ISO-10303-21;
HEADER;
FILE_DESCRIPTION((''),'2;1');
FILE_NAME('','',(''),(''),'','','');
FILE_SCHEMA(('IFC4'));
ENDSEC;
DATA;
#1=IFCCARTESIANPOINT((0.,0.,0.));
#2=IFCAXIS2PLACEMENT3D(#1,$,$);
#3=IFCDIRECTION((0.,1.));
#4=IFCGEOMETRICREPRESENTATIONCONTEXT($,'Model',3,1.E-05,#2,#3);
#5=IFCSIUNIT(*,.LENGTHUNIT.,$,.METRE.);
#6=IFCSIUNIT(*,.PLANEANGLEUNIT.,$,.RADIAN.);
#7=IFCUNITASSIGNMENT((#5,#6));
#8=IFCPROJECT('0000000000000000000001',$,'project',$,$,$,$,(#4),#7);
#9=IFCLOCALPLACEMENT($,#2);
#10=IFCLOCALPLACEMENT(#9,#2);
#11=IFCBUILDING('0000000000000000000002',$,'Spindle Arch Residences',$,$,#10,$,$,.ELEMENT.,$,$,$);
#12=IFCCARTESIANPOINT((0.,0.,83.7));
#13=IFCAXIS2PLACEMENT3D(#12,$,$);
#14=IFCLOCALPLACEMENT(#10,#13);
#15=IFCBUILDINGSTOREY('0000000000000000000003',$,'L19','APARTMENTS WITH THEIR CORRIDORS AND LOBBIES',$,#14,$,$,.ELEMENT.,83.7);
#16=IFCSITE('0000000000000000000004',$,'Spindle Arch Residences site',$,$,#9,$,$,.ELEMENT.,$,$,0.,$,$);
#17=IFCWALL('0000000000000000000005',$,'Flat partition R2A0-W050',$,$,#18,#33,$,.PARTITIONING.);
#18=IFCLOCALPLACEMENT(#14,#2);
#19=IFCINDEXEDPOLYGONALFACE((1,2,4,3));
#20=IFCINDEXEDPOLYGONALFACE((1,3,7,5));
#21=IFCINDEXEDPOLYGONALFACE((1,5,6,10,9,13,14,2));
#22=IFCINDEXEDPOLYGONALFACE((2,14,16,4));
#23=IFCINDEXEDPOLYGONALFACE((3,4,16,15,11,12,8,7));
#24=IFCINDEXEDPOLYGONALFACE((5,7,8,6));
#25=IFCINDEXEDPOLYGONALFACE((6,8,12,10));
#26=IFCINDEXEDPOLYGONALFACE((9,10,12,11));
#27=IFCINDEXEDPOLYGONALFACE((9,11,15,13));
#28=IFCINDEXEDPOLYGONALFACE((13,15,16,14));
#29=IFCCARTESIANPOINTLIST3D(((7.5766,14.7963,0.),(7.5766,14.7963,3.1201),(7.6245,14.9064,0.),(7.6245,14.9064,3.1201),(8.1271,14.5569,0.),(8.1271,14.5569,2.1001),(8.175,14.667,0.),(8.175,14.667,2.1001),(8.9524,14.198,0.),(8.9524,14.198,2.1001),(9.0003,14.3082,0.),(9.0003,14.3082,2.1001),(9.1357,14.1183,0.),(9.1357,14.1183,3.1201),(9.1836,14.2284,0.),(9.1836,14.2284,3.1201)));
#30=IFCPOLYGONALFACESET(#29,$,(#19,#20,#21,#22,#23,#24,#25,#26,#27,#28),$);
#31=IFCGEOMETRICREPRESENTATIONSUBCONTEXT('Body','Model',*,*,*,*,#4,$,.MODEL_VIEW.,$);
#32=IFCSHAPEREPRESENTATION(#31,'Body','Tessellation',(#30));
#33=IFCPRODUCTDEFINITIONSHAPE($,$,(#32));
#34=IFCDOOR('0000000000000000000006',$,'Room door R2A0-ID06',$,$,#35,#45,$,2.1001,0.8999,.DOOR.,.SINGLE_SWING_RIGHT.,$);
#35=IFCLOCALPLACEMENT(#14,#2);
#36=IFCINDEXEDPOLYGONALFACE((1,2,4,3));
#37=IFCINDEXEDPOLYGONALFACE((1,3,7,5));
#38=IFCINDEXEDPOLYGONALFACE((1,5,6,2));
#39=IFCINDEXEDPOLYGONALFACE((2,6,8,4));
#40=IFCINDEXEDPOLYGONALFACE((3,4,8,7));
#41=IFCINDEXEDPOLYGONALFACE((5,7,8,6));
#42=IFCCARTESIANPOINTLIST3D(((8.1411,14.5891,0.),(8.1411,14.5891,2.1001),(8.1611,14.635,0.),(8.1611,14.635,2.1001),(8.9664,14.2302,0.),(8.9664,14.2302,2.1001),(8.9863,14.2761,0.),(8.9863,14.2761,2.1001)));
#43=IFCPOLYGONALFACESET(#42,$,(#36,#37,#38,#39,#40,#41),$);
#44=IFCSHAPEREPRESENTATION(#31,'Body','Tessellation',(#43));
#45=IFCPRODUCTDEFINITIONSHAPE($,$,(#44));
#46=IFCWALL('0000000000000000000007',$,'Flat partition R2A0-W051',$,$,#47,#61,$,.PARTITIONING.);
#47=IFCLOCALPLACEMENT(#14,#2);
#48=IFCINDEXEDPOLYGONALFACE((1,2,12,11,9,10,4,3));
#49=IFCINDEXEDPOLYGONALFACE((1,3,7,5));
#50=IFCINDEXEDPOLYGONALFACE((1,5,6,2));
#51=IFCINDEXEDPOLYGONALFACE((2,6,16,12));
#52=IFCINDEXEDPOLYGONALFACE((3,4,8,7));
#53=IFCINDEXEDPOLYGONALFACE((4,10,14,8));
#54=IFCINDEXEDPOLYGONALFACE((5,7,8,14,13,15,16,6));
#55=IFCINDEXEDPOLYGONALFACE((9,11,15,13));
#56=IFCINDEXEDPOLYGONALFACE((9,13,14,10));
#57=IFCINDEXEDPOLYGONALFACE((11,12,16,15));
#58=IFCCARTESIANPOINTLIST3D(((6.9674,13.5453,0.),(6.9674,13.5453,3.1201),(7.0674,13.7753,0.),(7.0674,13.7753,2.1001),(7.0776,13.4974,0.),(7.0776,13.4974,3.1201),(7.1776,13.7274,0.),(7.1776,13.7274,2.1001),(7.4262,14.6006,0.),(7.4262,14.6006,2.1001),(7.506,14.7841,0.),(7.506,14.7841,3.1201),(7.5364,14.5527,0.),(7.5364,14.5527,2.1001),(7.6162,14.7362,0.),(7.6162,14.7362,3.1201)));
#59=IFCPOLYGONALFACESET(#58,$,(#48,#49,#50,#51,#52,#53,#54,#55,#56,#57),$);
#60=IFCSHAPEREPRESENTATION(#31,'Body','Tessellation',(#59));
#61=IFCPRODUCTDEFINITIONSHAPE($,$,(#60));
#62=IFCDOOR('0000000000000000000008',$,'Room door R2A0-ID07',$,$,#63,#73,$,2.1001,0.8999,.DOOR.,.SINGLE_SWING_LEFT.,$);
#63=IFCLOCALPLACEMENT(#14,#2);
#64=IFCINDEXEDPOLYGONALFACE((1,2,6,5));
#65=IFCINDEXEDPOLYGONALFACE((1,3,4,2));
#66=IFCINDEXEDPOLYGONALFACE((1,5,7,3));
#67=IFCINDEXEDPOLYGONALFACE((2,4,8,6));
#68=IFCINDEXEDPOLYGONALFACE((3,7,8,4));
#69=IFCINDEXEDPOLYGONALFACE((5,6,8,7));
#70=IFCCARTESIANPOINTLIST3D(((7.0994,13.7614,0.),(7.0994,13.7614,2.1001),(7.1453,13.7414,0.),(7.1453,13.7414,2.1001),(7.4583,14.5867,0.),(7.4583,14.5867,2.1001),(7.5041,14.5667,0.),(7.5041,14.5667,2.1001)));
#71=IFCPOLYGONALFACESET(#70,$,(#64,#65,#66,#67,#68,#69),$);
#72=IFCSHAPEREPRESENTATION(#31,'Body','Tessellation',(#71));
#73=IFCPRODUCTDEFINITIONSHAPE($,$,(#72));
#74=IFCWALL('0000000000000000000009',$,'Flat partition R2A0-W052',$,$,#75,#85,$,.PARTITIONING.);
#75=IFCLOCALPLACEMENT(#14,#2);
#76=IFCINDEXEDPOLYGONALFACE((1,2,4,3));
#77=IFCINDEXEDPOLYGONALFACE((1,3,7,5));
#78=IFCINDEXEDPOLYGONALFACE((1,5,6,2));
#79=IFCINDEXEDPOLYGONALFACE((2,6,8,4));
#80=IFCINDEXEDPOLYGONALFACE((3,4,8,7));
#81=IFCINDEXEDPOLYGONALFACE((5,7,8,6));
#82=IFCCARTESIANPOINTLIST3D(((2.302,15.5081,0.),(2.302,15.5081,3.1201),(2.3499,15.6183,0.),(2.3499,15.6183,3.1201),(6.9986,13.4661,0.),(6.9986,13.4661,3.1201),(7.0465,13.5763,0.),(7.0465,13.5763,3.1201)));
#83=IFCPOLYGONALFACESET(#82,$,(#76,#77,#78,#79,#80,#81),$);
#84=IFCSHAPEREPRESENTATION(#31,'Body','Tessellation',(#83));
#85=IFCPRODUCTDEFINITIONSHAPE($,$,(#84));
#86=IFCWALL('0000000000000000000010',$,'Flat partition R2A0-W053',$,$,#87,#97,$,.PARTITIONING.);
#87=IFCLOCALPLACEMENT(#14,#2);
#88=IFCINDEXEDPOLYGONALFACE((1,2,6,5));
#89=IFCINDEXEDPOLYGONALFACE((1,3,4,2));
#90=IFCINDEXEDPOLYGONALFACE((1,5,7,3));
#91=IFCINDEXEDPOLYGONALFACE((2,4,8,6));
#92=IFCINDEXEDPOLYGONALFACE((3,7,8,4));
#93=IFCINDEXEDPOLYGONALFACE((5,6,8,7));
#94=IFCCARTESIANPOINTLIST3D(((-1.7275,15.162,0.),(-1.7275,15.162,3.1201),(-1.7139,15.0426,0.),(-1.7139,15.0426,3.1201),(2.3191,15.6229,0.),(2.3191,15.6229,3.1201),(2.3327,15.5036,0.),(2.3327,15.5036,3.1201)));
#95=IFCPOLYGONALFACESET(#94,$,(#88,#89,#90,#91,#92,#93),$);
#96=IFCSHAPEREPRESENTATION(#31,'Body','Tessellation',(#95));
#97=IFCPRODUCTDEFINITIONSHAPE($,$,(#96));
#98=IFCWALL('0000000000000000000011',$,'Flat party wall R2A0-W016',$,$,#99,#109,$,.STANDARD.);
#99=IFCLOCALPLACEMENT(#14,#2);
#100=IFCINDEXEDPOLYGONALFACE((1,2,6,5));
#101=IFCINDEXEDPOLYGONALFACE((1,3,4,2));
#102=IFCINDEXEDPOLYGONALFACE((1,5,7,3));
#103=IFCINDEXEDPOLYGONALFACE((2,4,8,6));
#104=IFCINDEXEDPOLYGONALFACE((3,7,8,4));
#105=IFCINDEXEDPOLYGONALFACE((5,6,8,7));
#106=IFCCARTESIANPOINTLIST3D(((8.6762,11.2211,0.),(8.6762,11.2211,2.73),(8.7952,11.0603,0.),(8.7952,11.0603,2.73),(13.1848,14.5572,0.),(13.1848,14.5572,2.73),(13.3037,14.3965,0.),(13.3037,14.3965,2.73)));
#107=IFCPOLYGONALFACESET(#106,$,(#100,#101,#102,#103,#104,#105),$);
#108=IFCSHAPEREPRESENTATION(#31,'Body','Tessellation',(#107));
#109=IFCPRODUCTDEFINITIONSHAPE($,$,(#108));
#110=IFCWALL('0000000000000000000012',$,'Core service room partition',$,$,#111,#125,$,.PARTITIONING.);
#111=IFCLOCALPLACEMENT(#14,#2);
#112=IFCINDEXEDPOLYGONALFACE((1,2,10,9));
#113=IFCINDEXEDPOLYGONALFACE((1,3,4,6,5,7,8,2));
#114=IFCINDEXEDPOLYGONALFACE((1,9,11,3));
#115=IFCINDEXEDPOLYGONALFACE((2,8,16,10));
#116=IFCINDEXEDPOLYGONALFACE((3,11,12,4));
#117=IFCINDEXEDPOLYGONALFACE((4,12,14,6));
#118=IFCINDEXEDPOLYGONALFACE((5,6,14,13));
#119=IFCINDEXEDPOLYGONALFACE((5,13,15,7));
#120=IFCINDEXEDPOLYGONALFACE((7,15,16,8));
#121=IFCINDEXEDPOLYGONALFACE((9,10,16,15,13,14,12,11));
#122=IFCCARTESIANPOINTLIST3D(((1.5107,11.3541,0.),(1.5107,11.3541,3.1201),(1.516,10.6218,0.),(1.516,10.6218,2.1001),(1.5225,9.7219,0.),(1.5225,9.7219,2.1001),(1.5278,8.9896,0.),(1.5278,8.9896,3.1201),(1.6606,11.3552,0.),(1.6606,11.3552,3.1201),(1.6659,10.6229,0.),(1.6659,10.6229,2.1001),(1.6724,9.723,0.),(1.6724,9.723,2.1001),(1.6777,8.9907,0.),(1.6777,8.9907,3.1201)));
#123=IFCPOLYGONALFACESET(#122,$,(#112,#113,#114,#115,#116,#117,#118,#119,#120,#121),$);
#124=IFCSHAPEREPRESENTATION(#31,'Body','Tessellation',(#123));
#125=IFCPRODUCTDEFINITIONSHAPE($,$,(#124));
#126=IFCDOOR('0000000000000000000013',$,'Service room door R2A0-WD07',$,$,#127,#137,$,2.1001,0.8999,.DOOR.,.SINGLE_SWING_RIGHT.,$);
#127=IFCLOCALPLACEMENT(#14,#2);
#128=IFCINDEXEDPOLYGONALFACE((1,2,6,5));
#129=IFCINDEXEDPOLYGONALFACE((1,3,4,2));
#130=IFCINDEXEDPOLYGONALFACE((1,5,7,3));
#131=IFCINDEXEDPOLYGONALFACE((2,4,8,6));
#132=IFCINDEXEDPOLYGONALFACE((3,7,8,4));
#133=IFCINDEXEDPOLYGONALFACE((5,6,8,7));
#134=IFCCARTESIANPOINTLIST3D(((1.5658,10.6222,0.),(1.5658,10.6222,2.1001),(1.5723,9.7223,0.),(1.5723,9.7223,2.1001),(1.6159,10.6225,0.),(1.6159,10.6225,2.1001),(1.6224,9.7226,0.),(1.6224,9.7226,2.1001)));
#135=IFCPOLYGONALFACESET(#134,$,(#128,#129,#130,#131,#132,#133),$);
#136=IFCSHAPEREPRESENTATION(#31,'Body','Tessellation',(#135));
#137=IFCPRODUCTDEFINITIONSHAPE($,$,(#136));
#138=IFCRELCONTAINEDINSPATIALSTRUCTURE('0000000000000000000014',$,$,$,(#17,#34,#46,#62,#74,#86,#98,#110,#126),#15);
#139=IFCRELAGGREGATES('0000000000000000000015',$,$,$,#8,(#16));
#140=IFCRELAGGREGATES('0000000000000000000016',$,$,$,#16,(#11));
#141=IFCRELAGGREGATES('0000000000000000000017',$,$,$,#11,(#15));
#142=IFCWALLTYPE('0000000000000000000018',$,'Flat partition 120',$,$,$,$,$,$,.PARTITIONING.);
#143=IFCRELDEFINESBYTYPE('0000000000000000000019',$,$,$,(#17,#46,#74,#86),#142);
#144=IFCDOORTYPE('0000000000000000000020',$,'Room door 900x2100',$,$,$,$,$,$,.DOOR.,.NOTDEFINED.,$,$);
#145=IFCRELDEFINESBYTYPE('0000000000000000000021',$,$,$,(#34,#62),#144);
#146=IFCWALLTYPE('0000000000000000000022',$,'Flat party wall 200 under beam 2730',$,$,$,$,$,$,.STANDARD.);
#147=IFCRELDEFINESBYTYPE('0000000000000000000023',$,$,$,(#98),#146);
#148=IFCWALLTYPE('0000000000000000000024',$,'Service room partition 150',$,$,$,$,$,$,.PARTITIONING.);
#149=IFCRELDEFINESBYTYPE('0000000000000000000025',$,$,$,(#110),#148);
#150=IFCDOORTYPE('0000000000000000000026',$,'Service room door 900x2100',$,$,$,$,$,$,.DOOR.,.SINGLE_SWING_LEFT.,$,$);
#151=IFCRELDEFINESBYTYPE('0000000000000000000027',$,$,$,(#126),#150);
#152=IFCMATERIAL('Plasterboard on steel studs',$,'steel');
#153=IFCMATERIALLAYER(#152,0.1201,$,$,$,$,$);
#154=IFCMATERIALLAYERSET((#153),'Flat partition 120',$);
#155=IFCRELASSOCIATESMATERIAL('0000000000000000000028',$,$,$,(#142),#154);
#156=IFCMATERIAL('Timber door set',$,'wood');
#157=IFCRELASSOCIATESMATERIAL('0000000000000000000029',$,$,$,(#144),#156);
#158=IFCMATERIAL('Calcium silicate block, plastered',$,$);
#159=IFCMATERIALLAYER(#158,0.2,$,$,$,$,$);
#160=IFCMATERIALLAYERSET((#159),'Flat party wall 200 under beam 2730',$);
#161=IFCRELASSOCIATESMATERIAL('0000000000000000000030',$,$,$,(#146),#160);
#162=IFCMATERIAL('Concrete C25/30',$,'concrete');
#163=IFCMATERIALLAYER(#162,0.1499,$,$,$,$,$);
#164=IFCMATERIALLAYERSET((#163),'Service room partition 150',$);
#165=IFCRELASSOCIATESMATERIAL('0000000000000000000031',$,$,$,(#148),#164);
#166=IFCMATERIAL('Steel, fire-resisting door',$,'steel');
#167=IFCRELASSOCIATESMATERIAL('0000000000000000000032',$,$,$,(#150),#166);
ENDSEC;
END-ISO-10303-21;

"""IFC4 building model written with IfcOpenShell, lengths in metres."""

from ifc_helpers import new_model, si_unit, direction, frame, frame_2d, origin, place, context, subcontext, project, spatial, rectangle, extrude, material, layer, layer_set, type_object, element, fill, save


model = new_model("IFC4")

# Units and contexts
model_context = context("Model", 3, precision=1e-05, world=origin(), true_north=direction((0.0, 1.0)))
body_context = subcontext(model_context, "Body", "Model", "MODEL_VIEW")
ifc_project = project(units=[si_unit("LENGTHUNIT", "METRE"), si_unit("PLANEANGLEUNIT", "RADIAN")], contexts=[model_context])

# Site, building, storey
site_placement = place(None, origin())
site = spatial("IfcSite", under=ifc_project, at=site_placement, Name="Spindle Arch Residences site", CompositionType="ELEMENT", RefElevation=0.0)
building_placement = place(site_placement, origin())
building = spatial("IfcBuilding", under=site, at=building_placement, Name="Spindle Arch Residences", CompositionType="ELEMENT")
storey_placement = place(building_placement, frame((0.0, 0.0, 83.7)))
storey = spatial("IfcBuildingStorey", under=building, at=storey_placement, Name="L19", Description="APARTMENTS WITH THEIR CORRIDORS AND LOBBIES", CompositionType="ELEMENT", Elevation=83.7)

# Shared definitions
ifc_material_1 = material(Name="Plasterboard on steel studs", Category="steel")
ifc_layer_1 = layer(ifc_material_1, 0.1201)
ifc_layer_set_1 = layer_set([ifc_layer_1], Name="Flat partition 120")
wall_type_1 = type_object("IfcWallType", Name="Flat partition 120", PredefinedType="PARTITIONING", material=ifc_layer_set_1)

# Walls, openings, doors
wall_1_placement = place(storey_placement, frame((9.1597, 14.1733, 0.0), z_axis=(0.0, 0.0, 1.0), x_axis=(-0.917045, 0.398784, 0.0)))
wall_1 = element("IfcWall", 1, at=wall_1_placement, inside=storey, type_object=wall_type_1, Name="Flat partition R2A0-W050", PredefinedType="PARTITIONING", context=body_context, shape_type="SweptSolid", body=[
    extrude(rectangle(XDim=1.7002, YDim=0.1201, at=frame_2d((0.8501, 0.0))), origin(), (0.0, 0.0, 1.0), 3.1201),
])
opening_1_placement = place(wall_1_placement, frame((0.2, 0.0, 0.0)))
opening_1 = element("IfcOpeningElement", 2, at=opening_1_placement, cuts=wall_1, PredefinedType="OPENING", context=body_context, shape_type="SweptSolid", body=[
    extrude(rectangle(XDim=0.8999, YDim=2.1001, at=frame_2d((0.45, 1.05))), frame((0.0, 0.0701, 0.0), z_axis=(0.0, -1.0, 0.0), x_axis=(1.0, 0.0, 0.0)), (0.0, 0.0, 1.0), 0.1401),
])
ifc_material_2 = material(Name="Timber door set", Category="wood")
door_type_1 = type_object("IfcDoorType", Name="Room door 900x2100", OperationType="NOTDEFINED", PredefinedType="DOOR", material=ifc_material_2)
door_1_placement = place(opening_1_placement, origin())
door_1 = element("IfcDoor", 3, at=door_1_placement, inside=storey, type_object=door_type_1, Name="Room door R2A0-ID06", OperationType="SINGLE_SWING_RIGHT", OverallHeight=2.1001, OverallWidth=0.8999, PredefinedType="DOOR", context=body_context, shape_type="SweptSolid", body=[
    extrude(rectangle(XDim=0.8999, YDim=2.1001, at=frame_2d((0.45, 1.05))), frame((0.0, 0.0249, 0.0), z_axis=(0.0, -1.0, 0.0), x_axis=(1.0, 0.0, 0.0)), (0.0, 0.0, 1.0), 0.05),
])
fill(opening_1, door_1)
wall_2_placement = place(storey_placement, frame((7.561, 14.76, 0.0), z_axis=(0.0, 0.0, 1.0), x_axis=(-0.398713, -0.917076, 0.0)))
wall_2 = element("IfcWall", 4, at=wall_2_placement, inside=storey, type_object=wall_type_1, Name="Flat partition R2A0-W051", PredefinedType="PARTITIONING", context=body_context, shape_type="SweptSolid", body=[
    extrude(rectangle(XDim=1.3508, YDim=0.1201, at=frame_2d((0.6753, 0.0))), origin(), (0.0, 0.0, 1.0), 3.1201),
])
opening_2_placement = place(wall_2_placement, frame((0.2, 0.0, 0.0)))
opening_2 = element("IfcOpeningElement", 5, at=opening_2_placement, cuts=wall_2, PredefinedType="OPENING", context=body_context, shape_type="SweptSolid", body=[
    extrude(rectangle(XDim=0.8999, YDim=2.1001, at=frame_2d((0.45, 1.05))), frame((0.0, 0.0701, 0.0), z_axis=(0.0, -1.0, 0.0), x_axis=(1.0, 0.0, 0.0)), (0.0, 0.0, 1.0), 0.1401),
])
door_2_placement = place(opening_2_placement, origin())
door_2 = element("IfcDoor", 6, at=door_2_placement, inside=storey, type_object=door_type_1, Name="Room door R2A0-ID07", OperationType="SINGLE_SWING_LEFT", OverallHeight=2.1001, OverallWidth=0.8999, PredefinedType="DOOR", context=body_context, shape_type="SweptSolid", body=[
    extrude(rectangle(XDim=0.8999, YDim=2.1001, at=frame_2d((0.45, 1.05))), frame((0.0, 0.0249, 0.0), z_axis=(0.0, -1.0, 0.0), x_axis=(1.0, 0.0, 0.0)), (0.0, 0.0, 1.0), 0.05),
])
fill(opening_2, door_2)

# Walls
wall_3_placement = place(storey_placement, frame((7.0225, 13.5212, 0.0), z_axis=(0.0, 0.0, 1.0), x_axis=(-0.917069, 0.39873, 0.0)))
element("IfcWall", 7, at=wall_3_placement, inside=storey, type_object=wall_type_1, Name="Flat partition R2A0-W052", PredefinedType="PARTITIONING", context=body_context, shape_type="SweptSolid", body=[
    extrude(rectangle(XDim=5.1213, YDim=0.1201, at=frame_2d((2.5605, 0.0))), origin(), (0.0, 0.0, 1.0), 3.1201),
])
wall_4_placement = place(storey_placement, frame((2.3259, 15.5632, 0.0), z_axis=(0.0, 0.0, 1.0), x_axis=(-0.993575, -0.113175, 0.0)))
element("IfcWall", 8, at=wall_4_placement, inside=storey, type_object=wall_type_1, Name="Flat partition R2A0-W053", PredefinedType="PARTITIONING", context=body_context, shape_type="SweptSolid", body=[
    extrude(rectangle(XDim=4.0728, YDim=0.1201, at=frame_2d((2.0364, 0.0))), origin(), (0.0, 0.0, 1.0), 3.1201),
])
ifc_material_3 = material(Name="Calcium silicate block, plastered")
ifc_layer_2 = layer(ifc_material_3, 0.2)
ifc_layer_set_2 = layer_set([ifc_layer_2], Name="Flat party wall 200 under beam 2730")
wall_type_2 = type_object("IfcWallType", Name="Flat party wall 200 under beam 2730", PredefinedType="STANDARD", material=ifc_layer_set_2)
wall_5_placement = place(storey_placement, frame((13.2441, 14.4768, 0.0), z_axis=(0.0, 0.0, 1.0), x_axis=(-0.803854, -0.594827, 0.0)))
element("IfcWall", 9, at=wall_5_placement, inside=storey, type_object=wall_type_2, Name="Flat party wall R2A0-W016", PredefinedType="STANDARD", context=body_context, shape_type="SweptSolid", body=[
    extrude(rectangle(XDim=5.6086, YDim=0.2, at=frame_2d((2.8042, 0.0))), origin(), (0.0, 0.0, 1.0), 2.73),
])

# Wall, opening, door
ifc_material_4 = material(Name="Concrete C25/30", Category="concrete")
ifc_layer_3 = layer(ifc_material_4, 0.1499)
ifc_layer_set_3 = layer_set([ifc_layer_3], Name="Service room partition 150")
wall_type_3 = type_object("IfcWallType", Name="Service room partition 150", PredefinedType="PARTITIONING", material=ifc_layer_set_3)
wall_6_placement = place(storey_placement, frame((1.5857, 11.3545, 0.0), z_axis=(0.0, 0.0, 1.0), x_axis=(0.007227, -0.999974, 0.0)))
wall_6 = element("IfcWall", 10, at=wall_6_placement, inside=storey, type_object=wall_type_3, Name="Core service room partition", PredefinedType="PARTITIONING", context=body_context, shape_type="SweptSolid", body=[
    extrude(rectangle(XDim=2.3645, YDim=0.1499, at=frame_2d((1.1821, 0.0))), origin(), (0.0, 0.0, 1.0), 3.1201),
])
opening_3_placement = place(wall_6_placement, frame((0.7322, 0.0, 0.0)))
opening_3 = element("IfcOpeningElement", 11, at=opening_3_placement, cuts=wall_6, PredefinedType="OPENING", context=body_context, shape_type="SweptSolid", body=[
    extrude(rectangle(XDim=0.8999, YDim=2.1001, at=frame_2d((0.45, 1.05))), frame((0.0, 0.085, 0.0), z_axis=(0.0, -1.0, 0.0), x_axis=(1.0, 0.0, 0.0)), (0.0, 0.0, 1.0), 0.1699),
])
ifc_material_5 = material(Name="Steel, fire-resisting door", Category="steel")
door_type_2 = type_object("IfcDoorType", Name="Service room door 900x2100", OperationType="SINGLE_SWING_LEFT", PredefinedType="DOOR", material=ifc_material_5)
door_3_placement = place(opening_3_placement, origin())
door_3 = element("IfcDoor", 12, at=door_3_placement, inside=storey, type_object=door_type_2, Name="Service room door R2A0-WD07", OperationType="SINGLE_SWING_RIGHT", OverallHeight=2.1001, OverallWidth=0.8999, PredefinedType="DOOR", context=body_context, shape_type="SweptSolid", body=[
    extrude(rectangle(XDim=0.8999, YDim=2.1001, at=frame_2d((0.45, 1.05))), frame((0.0, 0.0249, 0.0), z_axis=(0.0, -1.0, 0.0), x_axis=(1.0, 0.0, 0.0)), (0.0, 0.0, 1.0), 0.05),
])
fill(opening_3, door_3)

save(model, "model.ifc")
